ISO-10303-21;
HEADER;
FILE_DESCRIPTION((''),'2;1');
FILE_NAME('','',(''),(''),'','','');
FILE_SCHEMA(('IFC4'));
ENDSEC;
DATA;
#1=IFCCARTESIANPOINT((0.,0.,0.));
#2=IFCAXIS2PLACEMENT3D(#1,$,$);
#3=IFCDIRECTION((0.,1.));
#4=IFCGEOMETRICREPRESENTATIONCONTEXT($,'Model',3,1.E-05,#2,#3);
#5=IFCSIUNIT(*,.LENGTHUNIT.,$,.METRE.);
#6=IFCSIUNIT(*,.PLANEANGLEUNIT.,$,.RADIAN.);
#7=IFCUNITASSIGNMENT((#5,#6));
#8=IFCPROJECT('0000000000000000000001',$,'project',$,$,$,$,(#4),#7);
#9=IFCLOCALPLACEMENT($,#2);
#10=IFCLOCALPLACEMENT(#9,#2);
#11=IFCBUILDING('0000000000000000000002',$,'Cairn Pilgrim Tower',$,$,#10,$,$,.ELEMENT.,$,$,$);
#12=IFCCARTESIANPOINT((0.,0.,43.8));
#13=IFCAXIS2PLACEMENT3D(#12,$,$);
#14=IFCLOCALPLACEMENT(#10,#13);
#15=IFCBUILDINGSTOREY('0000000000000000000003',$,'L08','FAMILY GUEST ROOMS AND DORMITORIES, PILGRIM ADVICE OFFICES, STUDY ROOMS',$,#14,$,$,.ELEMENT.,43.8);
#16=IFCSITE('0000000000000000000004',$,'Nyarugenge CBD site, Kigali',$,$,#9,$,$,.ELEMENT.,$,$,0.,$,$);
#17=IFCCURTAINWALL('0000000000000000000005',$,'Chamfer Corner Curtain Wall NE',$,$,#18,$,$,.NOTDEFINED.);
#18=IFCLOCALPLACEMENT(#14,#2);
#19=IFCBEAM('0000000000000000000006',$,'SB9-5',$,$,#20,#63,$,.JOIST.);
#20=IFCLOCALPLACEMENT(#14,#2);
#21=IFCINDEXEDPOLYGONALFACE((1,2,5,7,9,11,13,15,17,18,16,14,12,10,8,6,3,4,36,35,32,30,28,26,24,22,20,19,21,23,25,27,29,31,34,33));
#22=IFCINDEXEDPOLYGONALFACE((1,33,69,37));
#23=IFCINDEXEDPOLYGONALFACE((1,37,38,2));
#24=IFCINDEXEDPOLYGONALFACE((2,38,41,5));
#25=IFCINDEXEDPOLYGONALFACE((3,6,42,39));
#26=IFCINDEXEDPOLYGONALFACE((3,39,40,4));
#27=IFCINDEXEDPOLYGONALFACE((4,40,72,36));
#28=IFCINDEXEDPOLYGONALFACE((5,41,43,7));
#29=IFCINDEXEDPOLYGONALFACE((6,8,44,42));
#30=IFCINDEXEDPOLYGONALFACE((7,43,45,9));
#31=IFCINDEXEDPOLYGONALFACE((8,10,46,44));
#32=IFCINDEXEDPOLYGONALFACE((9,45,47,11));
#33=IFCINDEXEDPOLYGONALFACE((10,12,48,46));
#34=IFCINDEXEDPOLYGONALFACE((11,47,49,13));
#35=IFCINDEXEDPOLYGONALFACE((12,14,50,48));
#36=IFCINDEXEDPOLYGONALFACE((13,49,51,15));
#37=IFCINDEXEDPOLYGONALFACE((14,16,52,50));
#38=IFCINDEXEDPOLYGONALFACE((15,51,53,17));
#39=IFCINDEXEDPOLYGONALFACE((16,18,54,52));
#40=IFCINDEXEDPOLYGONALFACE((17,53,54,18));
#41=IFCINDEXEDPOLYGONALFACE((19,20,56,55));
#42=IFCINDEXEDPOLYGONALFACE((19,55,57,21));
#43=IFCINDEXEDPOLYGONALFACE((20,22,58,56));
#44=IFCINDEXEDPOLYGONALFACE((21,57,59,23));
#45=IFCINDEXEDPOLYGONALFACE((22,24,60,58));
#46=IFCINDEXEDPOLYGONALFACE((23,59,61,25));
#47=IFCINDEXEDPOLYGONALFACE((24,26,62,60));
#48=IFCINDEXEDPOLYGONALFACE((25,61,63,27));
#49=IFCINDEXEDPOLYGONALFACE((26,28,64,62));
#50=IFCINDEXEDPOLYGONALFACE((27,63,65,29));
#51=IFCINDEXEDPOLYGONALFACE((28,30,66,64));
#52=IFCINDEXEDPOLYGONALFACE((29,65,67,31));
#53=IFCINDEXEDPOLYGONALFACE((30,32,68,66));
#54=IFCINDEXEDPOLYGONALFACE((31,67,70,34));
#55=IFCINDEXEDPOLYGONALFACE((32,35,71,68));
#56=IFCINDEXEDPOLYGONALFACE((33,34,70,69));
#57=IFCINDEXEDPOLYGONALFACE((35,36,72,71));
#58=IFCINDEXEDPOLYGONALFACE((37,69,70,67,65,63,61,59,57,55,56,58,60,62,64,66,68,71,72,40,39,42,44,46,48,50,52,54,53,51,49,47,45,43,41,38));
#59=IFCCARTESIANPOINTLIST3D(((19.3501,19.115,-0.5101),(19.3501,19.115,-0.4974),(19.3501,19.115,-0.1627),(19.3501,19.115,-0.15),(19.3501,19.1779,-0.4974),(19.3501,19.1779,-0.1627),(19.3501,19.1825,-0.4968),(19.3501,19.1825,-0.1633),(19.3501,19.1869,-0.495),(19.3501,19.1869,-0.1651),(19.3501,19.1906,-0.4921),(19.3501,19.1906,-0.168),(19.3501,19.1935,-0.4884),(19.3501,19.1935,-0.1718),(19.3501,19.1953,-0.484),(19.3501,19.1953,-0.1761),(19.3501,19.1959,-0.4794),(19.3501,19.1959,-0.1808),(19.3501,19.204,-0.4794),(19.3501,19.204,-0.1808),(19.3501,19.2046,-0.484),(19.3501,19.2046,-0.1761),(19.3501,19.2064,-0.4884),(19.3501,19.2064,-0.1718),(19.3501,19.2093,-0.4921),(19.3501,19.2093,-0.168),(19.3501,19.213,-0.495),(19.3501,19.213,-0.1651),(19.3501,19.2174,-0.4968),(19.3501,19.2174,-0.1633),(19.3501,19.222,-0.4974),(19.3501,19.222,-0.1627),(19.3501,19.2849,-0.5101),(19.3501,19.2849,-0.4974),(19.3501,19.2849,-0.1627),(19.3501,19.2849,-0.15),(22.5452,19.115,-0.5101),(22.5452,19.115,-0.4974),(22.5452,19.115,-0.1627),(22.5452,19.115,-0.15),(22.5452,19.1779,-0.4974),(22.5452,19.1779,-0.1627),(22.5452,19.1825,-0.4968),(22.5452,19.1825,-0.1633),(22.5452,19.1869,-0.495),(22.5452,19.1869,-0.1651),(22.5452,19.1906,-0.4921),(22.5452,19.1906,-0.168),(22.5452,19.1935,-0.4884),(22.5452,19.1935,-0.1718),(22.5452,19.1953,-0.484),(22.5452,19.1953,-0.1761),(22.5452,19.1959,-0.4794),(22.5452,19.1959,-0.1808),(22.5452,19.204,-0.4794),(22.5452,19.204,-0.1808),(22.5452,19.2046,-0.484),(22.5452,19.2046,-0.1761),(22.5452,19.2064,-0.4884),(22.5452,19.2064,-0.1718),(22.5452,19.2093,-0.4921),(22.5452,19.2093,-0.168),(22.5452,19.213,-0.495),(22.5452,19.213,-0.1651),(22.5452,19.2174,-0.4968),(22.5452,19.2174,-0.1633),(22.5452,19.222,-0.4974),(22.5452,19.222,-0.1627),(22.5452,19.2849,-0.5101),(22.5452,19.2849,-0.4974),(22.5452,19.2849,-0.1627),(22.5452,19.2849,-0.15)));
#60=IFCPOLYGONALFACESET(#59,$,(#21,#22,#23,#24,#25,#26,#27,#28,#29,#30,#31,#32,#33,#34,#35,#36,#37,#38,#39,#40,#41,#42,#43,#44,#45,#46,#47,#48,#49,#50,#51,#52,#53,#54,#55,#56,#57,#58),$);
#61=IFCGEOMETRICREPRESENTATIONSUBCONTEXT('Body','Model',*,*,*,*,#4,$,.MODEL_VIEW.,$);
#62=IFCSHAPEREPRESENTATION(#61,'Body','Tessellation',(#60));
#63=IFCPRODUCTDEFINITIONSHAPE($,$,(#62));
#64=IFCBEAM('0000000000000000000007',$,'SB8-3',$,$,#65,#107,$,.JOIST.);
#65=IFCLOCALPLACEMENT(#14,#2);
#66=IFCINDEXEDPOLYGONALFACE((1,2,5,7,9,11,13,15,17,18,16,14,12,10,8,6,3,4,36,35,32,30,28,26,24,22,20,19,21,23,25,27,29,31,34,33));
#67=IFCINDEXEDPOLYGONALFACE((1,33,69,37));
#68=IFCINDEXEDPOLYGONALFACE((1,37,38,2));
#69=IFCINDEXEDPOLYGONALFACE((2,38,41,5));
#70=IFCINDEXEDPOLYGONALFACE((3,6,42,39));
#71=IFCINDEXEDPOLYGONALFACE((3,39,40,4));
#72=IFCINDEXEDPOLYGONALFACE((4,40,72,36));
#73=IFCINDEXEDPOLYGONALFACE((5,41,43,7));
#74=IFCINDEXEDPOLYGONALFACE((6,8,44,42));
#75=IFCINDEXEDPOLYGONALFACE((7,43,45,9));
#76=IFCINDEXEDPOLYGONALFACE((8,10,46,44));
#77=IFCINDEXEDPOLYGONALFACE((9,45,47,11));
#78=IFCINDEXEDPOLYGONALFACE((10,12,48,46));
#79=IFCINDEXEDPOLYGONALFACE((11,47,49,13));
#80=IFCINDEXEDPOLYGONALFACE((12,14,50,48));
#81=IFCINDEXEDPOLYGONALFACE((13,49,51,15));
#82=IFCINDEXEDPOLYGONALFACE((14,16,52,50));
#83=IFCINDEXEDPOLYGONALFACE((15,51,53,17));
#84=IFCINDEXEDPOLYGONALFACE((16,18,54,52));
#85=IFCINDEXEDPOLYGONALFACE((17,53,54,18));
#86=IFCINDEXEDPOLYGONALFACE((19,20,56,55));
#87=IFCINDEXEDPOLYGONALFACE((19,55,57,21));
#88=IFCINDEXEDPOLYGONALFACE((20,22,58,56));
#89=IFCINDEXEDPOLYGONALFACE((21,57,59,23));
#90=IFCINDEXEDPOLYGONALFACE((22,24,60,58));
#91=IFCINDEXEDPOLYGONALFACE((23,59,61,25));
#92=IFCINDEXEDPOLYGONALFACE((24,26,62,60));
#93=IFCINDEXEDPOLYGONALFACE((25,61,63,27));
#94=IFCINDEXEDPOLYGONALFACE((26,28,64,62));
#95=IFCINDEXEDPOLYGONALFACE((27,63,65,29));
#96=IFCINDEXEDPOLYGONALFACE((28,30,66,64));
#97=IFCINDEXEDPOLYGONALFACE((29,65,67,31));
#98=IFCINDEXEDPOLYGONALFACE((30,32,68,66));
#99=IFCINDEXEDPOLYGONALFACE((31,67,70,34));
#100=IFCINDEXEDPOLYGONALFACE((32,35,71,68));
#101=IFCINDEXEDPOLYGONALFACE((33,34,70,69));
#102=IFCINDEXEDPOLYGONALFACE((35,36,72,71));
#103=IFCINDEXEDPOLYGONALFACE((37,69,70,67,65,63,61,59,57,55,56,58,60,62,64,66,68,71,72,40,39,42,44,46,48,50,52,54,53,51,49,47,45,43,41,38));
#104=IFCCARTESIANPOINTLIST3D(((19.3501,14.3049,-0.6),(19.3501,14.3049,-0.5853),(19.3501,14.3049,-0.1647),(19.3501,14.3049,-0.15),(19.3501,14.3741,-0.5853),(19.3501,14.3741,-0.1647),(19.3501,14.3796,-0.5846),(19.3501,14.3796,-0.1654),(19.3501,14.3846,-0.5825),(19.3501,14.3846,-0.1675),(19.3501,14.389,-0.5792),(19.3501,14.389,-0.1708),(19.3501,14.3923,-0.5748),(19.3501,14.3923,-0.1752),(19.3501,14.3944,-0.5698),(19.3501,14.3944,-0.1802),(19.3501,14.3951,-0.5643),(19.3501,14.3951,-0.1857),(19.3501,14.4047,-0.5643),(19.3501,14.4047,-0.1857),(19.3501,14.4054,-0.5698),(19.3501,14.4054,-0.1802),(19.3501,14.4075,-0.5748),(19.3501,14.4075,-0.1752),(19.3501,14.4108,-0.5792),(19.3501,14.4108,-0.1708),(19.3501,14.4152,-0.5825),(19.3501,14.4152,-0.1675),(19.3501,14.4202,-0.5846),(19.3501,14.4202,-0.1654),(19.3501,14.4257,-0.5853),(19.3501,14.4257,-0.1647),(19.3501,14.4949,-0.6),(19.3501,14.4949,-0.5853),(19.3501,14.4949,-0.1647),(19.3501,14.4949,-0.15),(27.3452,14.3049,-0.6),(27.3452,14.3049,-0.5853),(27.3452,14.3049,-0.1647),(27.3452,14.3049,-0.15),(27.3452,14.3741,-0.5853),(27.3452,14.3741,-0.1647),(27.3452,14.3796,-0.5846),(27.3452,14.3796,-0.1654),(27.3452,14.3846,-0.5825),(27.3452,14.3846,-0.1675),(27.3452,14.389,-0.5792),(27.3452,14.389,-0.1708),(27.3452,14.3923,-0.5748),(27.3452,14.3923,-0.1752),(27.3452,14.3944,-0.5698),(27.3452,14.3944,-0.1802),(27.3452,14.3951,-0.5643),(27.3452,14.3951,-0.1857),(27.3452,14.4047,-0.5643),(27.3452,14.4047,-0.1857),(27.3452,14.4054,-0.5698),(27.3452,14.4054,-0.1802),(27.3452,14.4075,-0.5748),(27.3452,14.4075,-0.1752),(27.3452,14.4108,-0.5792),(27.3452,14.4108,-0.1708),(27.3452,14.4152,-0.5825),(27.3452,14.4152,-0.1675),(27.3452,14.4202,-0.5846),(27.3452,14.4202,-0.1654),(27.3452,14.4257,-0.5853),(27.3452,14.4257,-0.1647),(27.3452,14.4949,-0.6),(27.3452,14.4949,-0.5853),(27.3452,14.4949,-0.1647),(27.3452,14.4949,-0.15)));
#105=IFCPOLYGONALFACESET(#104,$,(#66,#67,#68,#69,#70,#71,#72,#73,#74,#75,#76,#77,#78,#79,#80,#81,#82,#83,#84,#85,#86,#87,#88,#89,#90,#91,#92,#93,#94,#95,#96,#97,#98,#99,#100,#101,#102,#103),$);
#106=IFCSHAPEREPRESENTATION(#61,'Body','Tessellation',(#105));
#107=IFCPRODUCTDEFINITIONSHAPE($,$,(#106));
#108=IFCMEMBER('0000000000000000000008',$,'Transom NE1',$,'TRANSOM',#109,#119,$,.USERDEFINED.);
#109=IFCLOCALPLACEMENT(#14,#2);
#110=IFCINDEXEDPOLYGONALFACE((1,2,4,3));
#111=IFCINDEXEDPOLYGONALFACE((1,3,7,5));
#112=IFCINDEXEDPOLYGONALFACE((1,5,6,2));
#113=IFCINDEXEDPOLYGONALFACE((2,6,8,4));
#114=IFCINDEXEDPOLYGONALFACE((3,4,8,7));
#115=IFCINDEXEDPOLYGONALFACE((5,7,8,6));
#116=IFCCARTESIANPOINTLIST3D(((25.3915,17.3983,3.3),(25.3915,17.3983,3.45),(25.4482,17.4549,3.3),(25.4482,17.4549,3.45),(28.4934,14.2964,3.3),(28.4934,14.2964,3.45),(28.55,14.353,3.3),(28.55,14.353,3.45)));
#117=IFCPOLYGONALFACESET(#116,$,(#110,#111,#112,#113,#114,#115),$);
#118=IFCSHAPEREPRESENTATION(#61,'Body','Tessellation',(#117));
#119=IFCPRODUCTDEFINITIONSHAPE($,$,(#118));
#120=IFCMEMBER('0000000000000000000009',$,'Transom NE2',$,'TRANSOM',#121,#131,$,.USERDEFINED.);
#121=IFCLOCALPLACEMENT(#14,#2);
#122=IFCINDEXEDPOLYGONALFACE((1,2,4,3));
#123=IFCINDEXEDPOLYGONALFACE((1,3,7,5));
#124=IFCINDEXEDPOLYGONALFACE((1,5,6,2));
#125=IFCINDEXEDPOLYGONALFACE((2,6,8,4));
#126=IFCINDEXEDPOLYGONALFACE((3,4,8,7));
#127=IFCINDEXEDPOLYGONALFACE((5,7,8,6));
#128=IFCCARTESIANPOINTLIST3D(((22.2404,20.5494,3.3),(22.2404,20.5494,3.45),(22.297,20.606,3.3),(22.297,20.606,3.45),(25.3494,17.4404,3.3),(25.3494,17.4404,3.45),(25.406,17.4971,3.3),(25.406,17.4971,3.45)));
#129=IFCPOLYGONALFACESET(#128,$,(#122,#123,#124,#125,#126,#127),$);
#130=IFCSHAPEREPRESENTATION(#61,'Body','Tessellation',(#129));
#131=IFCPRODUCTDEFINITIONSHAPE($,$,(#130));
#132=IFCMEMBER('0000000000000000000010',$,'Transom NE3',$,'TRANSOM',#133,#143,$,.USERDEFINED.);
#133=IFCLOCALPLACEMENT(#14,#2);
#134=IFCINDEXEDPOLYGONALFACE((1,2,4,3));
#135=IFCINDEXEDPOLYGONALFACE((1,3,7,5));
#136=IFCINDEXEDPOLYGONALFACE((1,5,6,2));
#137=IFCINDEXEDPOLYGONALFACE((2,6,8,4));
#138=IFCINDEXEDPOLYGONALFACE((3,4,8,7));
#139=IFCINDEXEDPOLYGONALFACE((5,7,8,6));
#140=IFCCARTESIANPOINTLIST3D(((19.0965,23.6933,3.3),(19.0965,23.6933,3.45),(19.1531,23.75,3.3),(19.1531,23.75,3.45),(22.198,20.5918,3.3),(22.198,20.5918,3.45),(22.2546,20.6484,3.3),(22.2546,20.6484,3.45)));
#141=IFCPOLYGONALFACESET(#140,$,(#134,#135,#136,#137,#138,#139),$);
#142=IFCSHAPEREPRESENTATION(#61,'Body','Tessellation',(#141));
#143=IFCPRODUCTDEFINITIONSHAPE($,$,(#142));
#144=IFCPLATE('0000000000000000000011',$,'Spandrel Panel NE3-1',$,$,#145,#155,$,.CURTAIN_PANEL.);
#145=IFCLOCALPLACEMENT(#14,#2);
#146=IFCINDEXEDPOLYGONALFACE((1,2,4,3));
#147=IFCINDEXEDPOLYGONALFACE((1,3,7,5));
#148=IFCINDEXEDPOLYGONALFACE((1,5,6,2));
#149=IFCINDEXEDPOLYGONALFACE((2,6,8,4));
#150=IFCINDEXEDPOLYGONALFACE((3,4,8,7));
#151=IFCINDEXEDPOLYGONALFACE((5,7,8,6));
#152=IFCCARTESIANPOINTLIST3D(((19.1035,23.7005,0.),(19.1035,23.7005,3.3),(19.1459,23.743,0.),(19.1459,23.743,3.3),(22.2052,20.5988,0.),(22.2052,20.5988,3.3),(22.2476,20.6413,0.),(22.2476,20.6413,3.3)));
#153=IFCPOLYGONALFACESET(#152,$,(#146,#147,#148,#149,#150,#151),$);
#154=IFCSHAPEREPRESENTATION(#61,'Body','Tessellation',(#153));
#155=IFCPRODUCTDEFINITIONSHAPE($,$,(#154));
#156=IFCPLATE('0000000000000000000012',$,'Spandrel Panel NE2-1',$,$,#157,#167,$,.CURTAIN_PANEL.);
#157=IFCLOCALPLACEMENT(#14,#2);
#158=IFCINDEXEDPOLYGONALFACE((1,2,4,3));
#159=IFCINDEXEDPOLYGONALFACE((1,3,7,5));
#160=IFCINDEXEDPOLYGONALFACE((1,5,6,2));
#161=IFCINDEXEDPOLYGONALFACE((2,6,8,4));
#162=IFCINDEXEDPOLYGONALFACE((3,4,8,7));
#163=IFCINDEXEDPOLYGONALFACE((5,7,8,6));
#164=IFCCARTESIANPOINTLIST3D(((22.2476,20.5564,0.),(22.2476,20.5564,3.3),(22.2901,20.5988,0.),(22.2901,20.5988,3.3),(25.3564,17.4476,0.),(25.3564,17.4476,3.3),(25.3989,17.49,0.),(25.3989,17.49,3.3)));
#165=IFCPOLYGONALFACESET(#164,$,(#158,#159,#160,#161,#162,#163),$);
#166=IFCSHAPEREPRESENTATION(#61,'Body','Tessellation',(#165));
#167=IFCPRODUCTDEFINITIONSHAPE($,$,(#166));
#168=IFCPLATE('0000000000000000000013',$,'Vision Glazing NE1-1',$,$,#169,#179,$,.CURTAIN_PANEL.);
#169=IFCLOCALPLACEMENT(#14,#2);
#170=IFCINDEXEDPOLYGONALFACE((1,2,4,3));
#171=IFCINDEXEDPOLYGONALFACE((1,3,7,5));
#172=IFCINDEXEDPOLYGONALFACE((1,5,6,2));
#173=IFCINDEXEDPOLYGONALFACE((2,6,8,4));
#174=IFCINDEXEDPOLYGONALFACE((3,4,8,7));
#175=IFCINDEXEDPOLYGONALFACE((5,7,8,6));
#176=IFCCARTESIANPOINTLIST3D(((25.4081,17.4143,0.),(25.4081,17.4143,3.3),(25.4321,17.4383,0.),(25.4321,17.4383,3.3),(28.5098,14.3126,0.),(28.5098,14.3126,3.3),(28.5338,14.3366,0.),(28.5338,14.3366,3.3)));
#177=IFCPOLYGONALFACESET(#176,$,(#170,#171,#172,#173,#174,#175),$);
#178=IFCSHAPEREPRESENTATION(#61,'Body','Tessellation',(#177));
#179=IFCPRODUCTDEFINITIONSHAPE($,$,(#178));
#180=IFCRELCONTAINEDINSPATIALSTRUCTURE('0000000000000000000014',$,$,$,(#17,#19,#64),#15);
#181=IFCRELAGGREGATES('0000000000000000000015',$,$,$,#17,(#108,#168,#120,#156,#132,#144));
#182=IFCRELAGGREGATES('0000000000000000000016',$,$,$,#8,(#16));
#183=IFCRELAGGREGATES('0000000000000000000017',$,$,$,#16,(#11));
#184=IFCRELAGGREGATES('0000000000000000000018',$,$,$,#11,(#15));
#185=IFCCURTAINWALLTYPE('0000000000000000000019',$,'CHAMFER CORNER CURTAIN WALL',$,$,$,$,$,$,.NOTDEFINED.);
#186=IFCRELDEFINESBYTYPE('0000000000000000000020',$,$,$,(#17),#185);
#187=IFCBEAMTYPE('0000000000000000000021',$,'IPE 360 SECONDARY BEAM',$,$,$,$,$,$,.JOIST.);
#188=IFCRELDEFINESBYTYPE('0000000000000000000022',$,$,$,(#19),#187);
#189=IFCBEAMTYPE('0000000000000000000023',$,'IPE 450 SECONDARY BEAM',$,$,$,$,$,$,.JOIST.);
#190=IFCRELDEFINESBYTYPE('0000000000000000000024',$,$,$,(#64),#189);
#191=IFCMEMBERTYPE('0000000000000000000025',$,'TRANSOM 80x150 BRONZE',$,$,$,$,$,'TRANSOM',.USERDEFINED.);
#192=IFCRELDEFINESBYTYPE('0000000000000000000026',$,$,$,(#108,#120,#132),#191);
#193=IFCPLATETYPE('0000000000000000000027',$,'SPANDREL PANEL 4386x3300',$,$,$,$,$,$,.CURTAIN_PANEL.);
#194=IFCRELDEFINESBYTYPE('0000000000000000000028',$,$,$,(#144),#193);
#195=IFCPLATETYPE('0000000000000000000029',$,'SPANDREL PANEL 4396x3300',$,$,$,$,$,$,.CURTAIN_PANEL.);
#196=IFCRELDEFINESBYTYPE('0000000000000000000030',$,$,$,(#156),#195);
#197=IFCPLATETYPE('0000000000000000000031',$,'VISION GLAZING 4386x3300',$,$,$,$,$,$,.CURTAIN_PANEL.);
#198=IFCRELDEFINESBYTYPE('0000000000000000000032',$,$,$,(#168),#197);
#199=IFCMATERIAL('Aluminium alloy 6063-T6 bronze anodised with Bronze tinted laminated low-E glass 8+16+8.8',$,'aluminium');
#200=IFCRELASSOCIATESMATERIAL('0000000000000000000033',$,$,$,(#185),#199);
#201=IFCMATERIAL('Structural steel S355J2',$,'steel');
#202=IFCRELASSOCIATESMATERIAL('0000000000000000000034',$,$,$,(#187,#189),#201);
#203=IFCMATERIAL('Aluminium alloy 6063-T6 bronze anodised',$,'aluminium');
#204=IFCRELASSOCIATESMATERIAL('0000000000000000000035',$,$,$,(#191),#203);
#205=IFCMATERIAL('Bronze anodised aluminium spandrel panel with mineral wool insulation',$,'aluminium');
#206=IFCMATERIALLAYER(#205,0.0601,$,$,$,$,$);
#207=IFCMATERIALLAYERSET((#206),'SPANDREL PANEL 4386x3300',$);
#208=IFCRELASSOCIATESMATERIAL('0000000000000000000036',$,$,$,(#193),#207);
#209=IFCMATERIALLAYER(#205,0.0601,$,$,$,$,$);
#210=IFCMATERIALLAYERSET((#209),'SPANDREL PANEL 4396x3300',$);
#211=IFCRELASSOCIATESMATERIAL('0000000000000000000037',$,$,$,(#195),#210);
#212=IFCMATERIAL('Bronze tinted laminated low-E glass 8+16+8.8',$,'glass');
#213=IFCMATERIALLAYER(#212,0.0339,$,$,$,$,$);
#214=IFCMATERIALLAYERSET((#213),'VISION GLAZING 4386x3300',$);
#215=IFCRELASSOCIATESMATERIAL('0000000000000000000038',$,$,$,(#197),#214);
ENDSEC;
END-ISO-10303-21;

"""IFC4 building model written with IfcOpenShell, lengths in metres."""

from ifc_helpers import new_model, si_unit, direction, frame, origin, origin_2d, place, context, subcontext, project, spatial, rectangle, i_section, extrude, material, layer, layer_set, material_profile, profile_set, type_object, element, aggregate, save


model = new_model("IFC4")

# Units and contexts
model_context = context("Model", 3, precision=1e-05, world=origin(), true_north=direction((0.0, 1.0)))
body_context = subcontext(model_context, "Body", "Model", "MODEL_VIEW")
ifc_project = project(units=[si_unit("LENGTHUNIT", "METRE"), si_unit("PLANEANGLEUNIT", "RADIAN")], contexts=[model_context])

# Site, building, storey
site_placement = place(None, origin())
site = spatial("IfcSite", under=ifc_project, at=site_placement, Name="Nyarugenge CBD site, Kigali", CompositionType="ELEMENT", RefElevation=0.0)
building_placement = place(site_placement, origin())
building = spatial("IfcBuilding", under=site, at=building_placement, Name="Cairn Pilgrim Tower", CompositionType="ELEMENT")
storey_placement = place(building_placement, frame((0.0, 0.0, 43.8)))
storey = spatial("IfcBuildingStorey", under=building, at=storey_placement, Name="L08", Description="FAMILY GUEST ROOMS AND DORMITORIES, PILGRIM ADVICE OFFICES, STUDY ROOMS", CompositionType="ELEMENT", Elevation=43.8)

# Shared definitions
ifc_material_1 = material(Name="Structural steel S355J2", Category="steel")

# Curtain wall
ifc_material_2 = material(Name="Aluminium alloy 6063-T6 bronze anodised with Bronze tinted laminated low-E glass 8+16+8.8", Category="aluminium")
curtain_wall_type_1 = type_object("IfcCurtainWallType", Name="CHAMFER CORNER CURTAIN WALL", PredefinedType="NOTDEFINED", material=ifc_material_2)
curtain_wall_1_placement = place(storey_placement, origin())
curtain_wall_1 = element("IfcCurtainWall", 1, at=curtain_wall_1_placement, inside=storey, type_object=curtain_wall_type_1, Name="Chamfer Corner Curtain Wall NE", PredefinedType="NOTDEFINED")
ifc_material_3 = material(Name="Aluminium alloy 6063-T6 bronze anodised", Category="aluminium")

# Beams
ifc_material_profile_1 = material_profile(ifc_material_1, i_section(OverallWidth=0.1699, OverallDepth=0.3601, WebThickness=0.0081, FlangeThickness=0.0127, FilletRadius=0.0181, at=origin_2d()), Name="IPE 360")
ifc_profile_set_1 = profile_set([ifc_material_profile_1], Name="Structural steel S355J2")
beam_type_1 = type_object("IfcBeamType", Name="IPE 360 SECONDARY BEAM", PredefinedType="JOIST", material=ifc_profile_set_1)
beam_1_placement = place(storey_placement, frame((19.3501, 19.2, -0.3301), z_axis=(1.0, 0.0, 0.0), x_axis=(0.0, 1.0, 0.0)))
element("IfcBeam", 2, at=beam_1_placement, inside=storey, type_object=beam_type_1, Name="SB9-5", PredefinedType="JOIST", context=body_context, shape_type="SweptSolid", body=[
    extrude(i_section(OverallWidth=0.1699, OverallDepth=0.3601, WebThickness=0.0081, FlangeThickness=0.0127, FilletRadius=0.0181, at=origin_2d()), origin(), (0.0, 0.0, 1.0), 3.1951),
])
ifc_material_profile_2 = material_profile(ifc_material_1, i_section(OverallWidth=0.1899, OverallDepth=0.45, WebThickness=0.0095, FlangeThickness=0.0146, FilletRadius=0.021, at=origin_2d()), Name="IPE 450")
ifc_profile_set_2 = profile_set([ifc_material_profile_2], Name="Structural steel S355J2")
beam_type_2 = type_object("IfcBeamType", Name="IPE 450 SECONDARY BEAM", PredefinedType="JOIST", material=ifc_profile_set_2)
beam_2_placement = place(storey_placement, frame((19.3501, 14.3999, -0.375), z_axis=(1.0, 0.0, 0.0), x_axis=(0.0, 1.0, 0.0)))
element("IfcBeam", 3, at=beam_2_placement, inside=storey, type_object=beam_type_2, Name="SB8-3", PredefinedType="JOIST", context=body_context, shape_type="SweptSolid", body=[
    extrude(i_section(OverallWidth=0.1899, OverallDepth=0.45, WebThickness=0.0095, FlangeThickness=0.0146, FilletRadius=0.021, at=origin_2d()), origin(), (0.0, 0.0, 1.0), 7.9951),
])

# Members
ifc_material_profile_3 = material_profile(ifc_material_3, rectangle(XDim=0.0801, YDim=0.1499, at=origin_2d()), Name="TRANSOM 80x150 BRONZE")
ifc_profile_set_3 = profile_set([ifc_material_profile_3], Name="Aluminium alloy 6063-T6 bronze anodised")
member_type_1 = type_object("IfcMemberType", Name="TRANSOM 80x150 BRONZE", ElementType="TRANSOM", PredefinedType="USERDEFINED", material=ifc_profile_set_3)
member_1_placement = place(storey_placement, frame((28.5217, 14.3247, 3.375), z_axis=(-0.707107, 0.707107, 0.0), x_axis=(-0.707107, -0.707107, 0.0)))
member_1 = element("IfcMember", 4, at=member_1_placement, type_object=member_type_1, Name="Transom NE1", ObjectType="TRANSOM", PredefinedType="USERDEFINED", context=body_context, shape_type="SweptSolid", body=[
    extrude(rectangle(XDim=0.0801, YDim=0.1499, at=origin_2d()), origin(), (0.0, 0.0, 1.0), 4.3867),
])
member_2_placement = place(storey_placement, frame((25.3777, 17.4688, 3.375), z_axis=(-0.707107, 0.707107, 0.0), x_axis=(-0.707107, -0.707107, 0.0)))
member_2 = element("IfcMember", 5, at=member_2_placement, type_object=member_type_1, Name="Transom NE2", ObjectType="TRANSOM", PredefinedType="USERDEFINED", context=body_context, shape_type="SweptSolid", body=[
    extrude(rectangle(XDim=0.0801, YDim=0.1499, at=origin_2d()), origin(), (0.0, 0.0, 1.0), 4.3967),
])
member_3_placement = place(storey_placement, frame((22.2263, 20.6201, 3.375), z_axis=(-0.707107, 0.707107, 0.0), x_axis=(-0.707107, -0.707107, 0.0)))
member_3 = element("IfcMember", 6, at=member_3_placement, type_object=member_type_1, Name="Transom NE3", ObjectType="TRANSOM", PredefinedType="USERDEFINED", context=body_context, shape_type="SweptSolid", body=[
    extrude(rectangle(XDim=0.0801, YDim=0.1499, at=origin_2d()), origin(), (0.0, 0.0, 1.0), 4.3862),
])

# Plates
ifc_material_4 = material(Name="Bronze anodised aluminium spandrel panel with mineral wool insulation", Category="aluminium")
ifc_layer_1 = layer(ifc_material_4, 0.0601)
ifc_layer_set_1 = layer_set([ifc_layer_1], Name="SPANDREL PANEL 4386x3300")
plate_type_1 = type_object("IfcPlateType", Name="SPANDREL PANEL 4386x3300", PredefinedType="CURTAIN_PANEL", material=ifc_layer_set_1)
plate_1_placement = place(storey_placement, frame((20.6755, 22.1709, 0.0), z_axis=(0.0, 0.0, 1.0), x_axis=(-0.707107, 0.707107, 0.0)))
plate_1 = element("IfcPlate", 7, at=plate_1_placement, type_object=plate_type_1, Name="Spandrel Panel NE3-1", PredefinedType="CURTAIN_PANEL", context=body_context, shape_type="SweptSolid", body=[
    extrude(rectangle(XDim=4.3865, YDim=0.0601, at=origin_2d()), origin(), (0.0, 0.0, 1.0), 3.3),
])
ifc_layer_2 = layer(ifc_material_4, 0.0601)
ifc_layer_set_2 = layer_set([ifc_layer_2], Name="SPANDREL PANEL 4396x3300")
plate_type_2 = type_object("IfcPlateType", Name="SPANDREL PANEL 4396x3300", PredefinedType="CURTAIN_PANEL", material=ifc_layer_set_2)
plate_2_placement = place(storey_placement, frame((23.8232, 19.0232, 0.0), z_axis=(0.0, 0.0, 1.0), x_axis=(-0.707107, 0.707107, 0.0)))
plate_2 = element("IfcPlate", 8, at=plate_2_placement, type_object=plate_type_2, Name="Spandrel Panel NE2-1", PredefinedType="CURTAIN_PANEL", context=body_context, shape_type="SweptSolid", body=[
    extrude(rectangle(XDim=4.3965, YDim=0.0601, at=origin_2d()), origin(), (0.0, 0.0, 1.0), 3.3),
])
ifc_material_5 = material(Name="Bronze tinted laminated low-E glass 8+16+8.8", Category="glass")
ifc_layer_3 = layer(ifc_material_5, 0.0339)
ifc_layer_set_3 = layer_set([ifc_layer_3], Name="VISION GLAZING 4386x3300")
plate_type_3 = type_object("IfcPlateType", Name="VISION GLAZING 4386x3300", PredefinedType="CURTAIN_PANEL", material=ifc_layer_set_3)
plate_3_placement = place(storey_placement, frame((26.9709, 15.8755, 0.0), z_axis=(0.0, 0.0, 1.0), x_axis=(-0.707107, 0.707107, 0.0)))
plate_3 = element("IfcPlate", 9, at=plate_3_placement, type_object=plate_type_3, Name="Vision Glazing NE1-1", PredefinedType="CURTAIN_PANEL", context=body_context, shape_type="SweptSolid", body=[
    extrude(rectangle(XDim=4.3865, YDim=0.0339, at=origin_2d()), origin(), (0.0, 0.0, 1.0), 3.3),
])
aggregate(curtain_wall_1, [member_1, plate_3, member_2, plate_2, member_3, plate_1])

save(model, "model.ifc")
